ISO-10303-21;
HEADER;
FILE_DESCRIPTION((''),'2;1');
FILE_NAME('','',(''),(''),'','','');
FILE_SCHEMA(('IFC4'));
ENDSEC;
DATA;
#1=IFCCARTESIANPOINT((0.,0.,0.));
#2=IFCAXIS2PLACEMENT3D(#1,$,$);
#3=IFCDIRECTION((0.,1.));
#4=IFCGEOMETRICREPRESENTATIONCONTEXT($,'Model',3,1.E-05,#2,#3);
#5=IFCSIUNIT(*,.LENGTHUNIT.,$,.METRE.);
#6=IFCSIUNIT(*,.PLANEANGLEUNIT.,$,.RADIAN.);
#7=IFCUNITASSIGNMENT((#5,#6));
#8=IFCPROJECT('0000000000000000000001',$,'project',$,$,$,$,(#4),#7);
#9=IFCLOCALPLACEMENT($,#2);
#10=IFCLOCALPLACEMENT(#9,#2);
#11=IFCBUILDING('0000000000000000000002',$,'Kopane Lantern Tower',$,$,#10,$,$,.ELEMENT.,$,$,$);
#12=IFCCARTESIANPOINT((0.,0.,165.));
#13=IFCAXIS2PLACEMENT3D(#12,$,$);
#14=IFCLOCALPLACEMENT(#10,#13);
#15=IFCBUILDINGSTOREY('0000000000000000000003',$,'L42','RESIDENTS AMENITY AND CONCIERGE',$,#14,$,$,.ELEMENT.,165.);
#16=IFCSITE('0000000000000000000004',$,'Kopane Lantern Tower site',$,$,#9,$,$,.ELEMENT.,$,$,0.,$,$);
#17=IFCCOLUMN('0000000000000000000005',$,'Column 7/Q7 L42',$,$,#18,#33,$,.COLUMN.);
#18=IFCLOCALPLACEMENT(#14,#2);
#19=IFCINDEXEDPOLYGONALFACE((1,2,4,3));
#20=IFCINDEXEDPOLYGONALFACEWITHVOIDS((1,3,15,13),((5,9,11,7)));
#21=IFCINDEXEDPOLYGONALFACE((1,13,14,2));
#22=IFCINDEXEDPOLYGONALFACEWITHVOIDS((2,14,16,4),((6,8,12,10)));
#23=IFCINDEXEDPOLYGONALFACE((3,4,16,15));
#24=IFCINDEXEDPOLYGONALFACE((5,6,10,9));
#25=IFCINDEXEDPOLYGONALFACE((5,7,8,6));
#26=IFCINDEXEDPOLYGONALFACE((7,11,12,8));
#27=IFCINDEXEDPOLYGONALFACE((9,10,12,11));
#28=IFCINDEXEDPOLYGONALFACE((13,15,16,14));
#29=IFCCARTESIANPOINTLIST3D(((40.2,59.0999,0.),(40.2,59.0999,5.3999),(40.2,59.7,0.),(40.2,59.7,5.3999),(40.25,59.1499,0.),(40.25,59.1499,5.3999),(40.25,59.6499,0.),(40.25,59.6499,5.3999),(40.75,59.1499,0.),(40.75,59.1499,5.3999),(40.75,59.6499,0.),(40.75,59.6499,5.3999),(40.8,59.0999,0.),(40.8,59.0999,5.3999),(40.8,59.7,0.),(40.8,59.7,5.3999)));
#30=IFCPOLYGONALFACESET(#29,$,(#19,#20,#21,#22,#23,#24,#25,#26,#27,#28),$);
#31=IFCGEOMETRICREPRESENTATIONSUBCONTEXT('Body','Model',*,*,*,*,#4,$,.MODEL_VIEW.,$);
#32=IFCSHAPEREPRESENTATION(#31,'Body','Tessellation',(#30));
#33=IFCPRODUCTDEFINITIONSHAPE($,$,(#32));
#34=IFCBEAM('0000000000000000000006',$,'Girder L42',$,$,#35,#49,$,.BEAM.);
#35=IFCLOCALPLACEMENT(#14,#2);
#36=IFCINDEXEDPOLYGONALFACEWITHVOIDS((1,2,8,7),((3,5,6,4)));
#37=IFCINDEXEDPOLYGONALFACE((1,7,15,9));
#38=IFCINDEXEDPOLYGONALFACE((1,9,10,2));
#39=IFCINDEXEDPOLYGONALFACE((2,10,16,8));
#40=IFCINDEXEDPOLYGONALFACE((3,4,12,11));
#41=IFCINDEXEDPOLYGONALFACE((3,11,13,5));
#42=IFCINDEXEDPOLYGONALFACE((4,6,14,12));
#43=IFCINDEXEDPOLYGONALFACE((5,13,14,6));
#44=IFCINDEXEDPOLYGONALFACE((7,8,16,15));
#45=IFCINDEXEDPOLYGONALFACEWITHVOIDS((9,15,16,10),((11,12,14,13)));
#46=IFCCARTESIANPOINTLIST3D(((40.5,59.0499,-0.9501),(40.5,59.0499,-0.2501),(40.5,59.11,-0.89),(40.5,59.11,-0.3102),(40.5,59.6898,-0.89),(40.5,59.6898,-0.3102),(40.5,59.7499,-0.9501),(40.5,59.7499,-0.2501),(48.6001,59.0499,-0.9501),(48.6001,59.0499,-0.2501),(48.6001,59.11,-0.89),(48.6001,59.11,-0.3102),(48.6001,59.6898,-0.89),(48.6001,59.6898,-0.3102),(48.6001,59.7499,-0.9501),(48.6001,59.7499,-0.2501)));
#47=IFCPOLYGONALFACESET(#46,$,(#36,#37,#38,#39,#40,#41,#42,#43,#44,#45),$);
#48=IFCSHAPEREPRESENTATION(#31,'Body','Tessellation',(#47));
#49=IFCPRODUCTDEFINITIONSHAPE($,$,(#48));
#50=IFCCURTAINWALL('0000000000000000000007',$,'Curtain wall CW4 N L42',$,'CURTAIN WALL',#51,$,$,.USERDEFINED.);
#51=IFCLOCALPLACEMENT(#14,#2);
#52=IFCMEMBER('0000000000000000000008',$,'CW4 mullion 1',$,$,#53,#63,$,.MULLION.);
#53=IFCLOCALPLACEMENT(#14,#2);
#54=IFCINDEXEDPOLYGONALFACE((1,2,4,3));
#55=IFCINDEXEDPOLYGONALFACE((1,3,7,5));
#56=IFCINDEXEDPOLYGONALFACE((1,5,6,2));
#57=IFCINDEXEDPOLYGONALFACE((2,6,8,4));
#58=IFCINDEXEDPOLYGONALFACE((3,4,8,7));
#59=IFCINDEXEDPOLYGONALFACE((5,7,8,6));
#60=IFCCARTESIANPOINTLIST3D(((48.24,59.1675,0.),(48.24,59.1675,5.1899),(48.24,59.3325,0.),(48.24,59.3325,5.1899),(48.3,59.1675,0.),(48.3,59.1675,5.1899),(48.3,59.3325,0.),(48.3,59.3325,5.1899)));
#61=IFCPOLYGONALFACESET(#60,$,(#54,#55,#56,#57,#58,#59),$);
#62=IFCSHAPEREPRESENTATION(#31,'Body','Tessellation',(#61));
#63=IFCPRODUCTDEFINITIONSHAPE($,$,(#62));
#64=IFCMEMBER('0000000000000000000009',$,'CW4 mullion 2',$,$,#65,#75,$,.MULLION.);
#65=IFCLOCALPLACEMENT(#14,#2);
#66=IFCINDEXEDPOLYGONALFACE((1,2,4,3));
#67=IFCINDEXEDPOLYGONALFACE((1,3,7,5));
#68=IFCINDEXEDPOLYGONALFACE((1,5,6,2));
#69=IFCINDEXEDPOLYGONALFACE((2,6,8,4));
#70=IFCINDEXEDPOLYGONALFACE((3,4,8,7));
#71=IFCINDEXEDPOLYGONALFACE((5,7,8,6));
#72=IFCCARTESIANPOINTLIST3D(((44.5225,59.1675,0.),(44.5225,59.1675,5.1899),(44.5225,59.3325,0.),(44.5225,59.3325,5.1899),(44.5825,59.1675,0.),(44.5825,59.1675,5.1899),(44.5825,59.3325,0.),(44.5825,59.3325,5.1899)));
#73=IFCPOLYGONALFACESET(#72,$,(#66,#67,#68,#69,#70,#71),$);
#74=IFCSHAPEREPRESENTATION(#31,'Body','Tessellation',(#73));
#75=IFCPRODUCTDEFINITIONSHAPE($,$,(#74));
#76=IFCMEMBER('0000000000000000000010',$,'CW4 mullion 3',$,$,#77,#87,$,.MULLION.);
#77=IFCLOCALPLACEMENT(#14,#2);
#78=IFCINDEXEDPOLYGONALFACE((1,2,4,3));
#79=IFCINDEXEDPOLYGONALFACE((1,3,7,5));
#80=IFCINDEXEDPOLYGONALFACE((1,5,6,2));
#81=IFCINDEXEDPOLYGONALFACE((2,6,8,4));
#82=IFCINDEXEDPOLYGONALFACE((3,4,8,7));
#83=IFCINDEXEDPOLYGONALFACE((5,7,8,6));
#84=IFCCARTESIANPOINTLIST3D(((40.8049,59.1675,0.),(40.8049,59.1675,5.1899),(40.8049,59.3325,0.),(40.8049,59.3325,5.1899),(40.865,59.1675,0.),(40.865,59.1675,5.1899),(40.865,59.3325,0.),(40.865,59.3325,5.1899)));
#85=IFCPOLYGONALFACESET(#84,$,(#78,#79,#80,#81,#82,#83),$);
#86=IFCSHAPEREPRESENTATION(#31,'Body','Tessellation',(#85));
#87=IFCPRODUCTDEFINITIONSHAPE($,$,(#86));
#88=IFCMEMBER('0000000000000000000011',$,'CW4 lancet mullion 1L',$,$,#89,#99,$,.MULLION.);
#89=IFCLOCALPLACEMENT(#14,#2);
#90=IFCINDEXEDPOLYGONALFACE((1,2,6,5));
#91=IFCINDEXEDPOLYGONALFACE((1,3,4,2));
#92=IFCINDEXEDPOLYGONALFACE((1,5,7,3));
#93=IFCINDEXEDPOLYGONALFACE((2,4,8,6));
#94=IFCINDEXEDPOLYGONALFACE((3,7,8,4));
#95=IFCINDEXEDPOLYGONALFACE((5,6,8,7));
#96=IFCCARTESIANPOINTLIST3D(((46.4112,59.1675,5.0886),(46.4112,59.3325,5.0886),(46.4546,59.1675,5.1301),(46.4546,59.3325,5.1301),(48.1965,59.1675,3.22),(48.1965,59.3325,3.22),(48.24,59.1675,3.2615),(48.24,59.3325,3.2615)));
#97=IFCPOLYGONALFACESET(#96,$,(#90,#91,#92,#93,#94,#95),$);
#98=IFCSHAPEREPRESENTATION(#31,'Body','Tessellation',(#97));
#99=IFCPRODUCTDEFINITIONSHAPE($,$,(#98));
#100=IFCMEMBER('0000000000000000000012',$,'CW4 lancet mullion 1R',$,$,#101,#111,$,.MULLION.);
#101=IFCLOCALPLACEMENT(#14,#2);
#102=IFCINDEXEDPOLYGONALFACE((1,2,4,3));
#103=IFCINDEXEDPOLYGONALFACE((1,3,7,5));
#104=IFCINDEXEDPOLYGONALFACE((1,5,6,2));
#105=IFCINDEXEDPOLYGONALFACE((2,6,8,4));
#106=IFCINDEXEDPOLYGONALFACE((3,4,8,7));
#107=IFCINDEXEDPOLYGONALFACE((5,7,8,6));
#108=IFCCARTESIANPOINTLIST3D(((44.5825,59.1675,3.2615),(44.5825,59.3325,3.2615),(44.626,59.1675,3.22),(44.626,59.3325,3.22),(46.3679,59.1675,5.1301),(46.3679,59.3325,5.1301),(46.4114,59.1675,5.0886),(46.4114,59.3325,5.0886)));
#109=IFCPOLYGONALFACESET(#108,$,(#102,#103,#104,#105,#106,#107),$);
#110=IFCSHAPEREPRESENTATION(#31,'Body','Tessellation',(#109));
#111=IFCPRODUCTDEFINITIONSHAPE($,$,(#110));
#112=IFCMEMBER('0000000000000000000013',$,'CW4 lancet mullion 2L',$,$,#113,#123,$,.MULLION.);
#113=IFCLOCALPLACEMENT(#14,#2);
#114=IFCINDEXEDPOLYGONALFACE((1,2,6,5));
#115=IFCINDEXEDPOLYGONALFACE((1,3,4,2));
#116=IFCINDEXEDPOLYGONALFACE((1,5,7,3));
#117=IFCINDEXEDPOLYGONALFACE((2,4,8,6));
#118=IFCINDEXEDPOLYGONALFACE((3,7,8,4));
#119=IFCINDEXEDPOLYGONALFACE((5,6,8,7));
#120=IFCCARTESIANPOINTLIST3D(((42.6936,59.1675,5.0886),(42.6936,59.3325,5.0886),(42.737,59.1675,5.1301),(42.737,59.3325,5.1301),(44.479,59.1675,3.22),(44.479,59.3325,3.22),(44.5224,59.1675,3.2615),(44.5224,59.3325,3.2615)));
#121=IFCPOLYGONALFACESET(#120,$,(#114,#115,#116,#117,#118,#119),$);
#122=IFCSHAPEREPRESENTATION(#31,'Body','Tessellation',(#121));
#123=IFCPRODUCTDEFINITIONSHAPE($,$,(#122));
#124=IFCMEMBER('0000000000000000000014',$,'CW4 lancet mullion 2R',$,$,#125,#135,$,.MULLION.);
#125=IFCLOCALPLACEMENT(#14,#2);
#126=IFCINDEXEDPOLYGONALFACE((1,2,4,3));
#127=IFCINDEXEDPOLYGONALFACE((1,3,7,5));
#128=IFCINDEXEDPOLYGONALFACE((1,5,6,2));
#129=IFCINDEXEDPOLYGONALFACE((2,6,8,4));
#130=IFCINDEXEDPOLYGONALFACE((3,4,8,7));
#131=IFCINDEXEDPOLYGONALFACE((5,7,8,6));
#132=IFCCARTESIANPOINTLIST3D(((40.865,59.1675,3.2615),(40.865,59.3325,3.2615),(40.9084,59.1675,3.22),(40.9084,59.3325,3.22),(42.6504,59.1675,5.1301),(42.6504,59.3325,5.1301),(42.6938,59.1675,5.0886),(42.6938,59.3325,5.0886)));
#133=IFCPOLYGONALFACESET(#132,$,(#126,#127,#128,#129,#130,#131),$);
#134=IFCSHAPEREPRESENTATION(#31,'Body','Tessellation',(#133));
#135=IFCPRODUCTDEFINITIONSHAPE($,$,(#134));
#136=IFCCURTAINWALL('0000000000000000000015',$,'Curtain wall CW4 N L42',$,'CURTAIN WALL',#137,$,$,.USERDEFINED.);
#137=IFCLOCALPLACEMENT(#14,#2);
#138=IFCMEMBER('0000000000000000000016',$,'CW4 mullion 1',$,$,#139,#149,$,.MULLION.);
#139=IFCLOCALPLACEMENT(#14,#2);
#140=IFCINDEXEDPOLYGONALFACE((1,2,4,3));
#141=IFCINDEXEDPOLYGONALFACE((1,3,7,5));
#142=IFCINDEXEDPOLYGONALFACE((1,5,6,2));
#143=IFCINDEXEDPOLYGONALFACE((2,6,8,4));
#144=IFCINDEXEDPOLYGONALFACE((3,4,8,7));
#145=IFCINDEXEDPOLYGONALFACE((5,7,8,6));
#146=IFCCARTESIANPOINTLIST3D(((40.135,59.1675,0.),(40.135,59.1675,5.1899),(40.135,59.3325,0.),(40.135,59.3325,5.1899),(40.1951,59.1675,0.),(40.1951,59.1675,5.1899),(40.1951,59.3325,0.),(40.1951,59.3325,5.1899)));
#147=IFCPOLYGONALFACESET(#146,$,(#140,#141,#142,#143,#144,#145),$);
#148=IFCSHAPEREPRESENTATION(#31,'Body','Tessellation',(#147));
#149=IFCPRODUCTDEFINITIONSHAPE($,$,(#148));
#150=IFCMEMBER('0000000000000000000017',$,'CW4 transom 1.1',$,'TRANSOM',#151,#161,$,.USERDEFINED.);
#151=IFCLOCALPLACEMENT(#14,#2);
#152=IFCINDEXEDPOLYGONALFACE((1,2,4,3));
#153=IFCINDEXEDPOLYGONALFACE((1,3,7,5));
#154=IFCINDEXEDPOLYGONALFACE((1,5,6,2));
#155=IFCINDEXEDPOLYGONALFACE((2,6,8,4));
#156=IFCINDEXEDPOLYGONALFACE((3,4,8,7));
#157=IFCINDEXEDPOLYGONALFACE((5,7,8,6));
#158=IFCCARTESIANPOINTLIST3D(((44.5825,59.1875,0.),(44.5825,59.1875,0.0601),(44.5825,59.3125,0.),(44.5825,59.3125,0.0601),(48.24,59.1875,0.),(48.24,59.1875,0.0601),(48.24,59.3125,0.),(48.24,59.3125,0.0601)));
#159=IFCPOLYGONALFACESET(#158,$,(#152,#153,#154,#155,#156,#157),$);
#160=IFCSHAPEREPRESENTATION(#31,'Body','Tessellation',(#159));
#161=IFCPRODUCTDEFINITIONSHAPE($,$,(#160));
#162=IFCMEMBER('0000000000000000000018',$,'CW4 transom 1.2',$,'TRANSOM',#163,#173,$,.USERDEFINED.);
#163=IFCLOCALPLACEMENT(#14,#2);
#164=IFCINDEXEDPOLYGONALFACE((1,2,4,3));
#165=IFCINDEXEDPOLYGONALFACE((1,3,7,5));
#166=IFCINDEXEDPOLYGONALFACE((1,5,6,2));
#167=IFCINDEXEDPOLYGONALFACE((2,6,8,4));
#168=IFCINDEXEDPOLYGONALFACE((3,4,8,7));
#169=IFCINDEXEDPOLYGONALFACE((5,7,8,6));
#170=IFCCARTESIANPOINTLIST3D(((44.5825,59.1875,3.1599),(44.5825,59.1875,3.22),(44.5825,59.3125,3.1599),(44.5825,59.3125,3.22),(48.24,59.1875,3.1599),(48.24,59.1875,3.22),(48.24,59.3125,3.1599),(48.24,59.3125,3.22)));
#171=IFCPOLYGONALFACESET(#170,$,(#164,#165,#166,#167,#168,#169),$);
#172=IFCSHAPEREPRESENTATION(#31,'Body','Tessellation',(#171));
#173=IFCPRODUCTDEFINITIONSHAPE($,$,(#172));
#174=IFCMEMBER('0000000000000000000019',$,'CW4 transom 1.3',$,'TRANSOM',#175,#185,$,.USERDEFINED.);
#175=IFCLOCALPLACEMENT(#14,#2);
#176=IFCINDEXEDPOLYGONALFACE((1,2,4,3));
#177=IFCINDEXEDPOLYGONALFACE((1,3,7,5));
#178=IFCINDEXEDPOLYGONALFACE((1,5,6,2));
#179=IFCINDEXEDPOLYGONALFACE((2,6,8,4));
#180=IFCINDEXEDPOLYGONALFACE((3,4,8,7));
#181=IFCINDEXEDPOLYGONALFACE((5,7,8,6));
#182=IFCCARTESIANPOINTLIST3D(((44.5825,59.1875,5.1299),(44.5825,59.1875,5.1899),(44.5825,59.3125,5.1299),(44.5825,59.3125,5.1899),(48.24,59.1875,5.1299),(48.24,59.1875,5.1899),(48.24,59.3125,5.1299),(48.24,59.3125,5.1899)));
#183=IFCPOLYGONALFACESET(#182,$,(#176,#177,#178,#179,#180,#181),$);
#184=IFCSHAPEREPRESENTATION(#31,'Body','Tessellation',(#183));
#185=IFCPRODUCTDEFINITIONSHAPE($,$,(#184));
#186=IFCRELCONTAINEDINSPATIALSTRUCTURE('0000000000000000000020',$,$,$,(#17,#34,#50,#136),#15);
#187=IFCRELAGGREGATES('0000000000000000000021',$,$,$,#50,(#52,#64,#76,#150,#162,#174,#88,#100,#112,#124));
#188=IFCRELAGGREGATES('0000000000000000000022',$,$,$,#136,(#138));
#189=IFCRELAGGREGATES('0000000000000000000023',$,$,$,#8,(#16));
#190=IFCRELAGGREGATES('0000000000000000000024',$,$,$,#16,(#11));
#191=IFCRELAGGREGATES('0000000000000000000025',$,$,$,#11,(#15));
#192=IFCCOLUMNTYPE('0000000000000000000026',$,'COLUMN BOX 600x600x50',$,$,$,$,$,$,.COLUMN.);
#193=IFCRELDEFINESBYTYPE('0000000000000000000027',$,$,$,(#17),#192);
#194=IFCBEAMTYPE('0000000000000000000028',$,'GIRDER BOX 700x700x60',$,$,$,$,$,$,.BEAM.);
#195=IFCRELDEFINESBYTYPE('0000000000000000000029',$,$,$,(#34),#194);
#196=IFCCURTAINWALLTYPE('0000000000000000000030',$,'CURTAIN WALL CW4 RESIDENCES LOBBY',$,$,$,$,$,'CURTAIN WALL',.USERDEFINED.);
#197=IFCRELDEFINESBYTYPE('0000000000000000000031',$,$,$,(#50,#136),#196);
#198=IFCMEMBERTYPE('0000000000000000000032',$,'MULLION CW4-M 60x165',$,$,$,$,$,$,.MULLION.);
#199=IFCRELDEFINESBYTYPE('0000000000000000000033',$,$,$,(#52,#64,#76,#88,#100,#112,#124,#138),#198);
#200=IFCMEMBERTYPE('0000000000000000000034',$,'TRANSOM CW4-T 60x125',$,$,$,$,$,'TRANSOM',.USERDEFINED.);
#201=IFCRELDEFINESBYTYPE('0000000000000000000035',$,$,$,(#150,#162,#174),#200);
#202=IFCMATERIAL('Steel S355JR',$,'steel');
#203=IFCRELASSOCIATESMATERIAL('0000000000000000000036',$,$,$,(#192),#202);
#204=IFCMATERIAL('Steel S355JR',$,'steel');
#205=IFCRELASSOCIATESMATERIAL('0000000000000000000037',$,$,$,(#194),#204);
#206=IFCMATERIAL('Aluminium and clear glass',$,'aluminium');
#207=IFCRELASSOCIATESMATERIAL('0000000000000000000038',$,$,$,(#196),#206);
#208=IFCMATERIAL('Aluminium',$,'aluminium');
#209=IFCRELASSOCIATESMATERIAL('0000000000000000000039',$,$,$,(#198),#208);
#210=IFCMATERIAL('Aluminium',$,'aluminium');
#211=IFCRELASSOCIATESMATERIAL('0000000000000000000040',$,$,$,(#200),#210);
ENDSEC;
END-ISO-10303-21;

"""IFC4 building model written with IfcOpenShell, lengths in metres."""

from ifc_helpers import new_model, si_unit, direction, frame, origin, origin_2d, place, context, subcontext, project, spatial, rectangle, hollow_rectangle, extrude, material, material_profile, profile_set, type_object, element, aggregate, save


model = new_model("IFC4")

# Units and contexts
model_context = context("Model", 3, precision=1e-05, world=origin(), true_north=direction((0.0, 1.0)))
body_context = subcontext(model_context, "Body", "Model", "MODEL_VIEW")
ifc_project = project(units=[si_unit("LENGTHUNIT", "METRE"), si_unit("PLANEANGLEUNIT", "RADIAN")], contexts=[model_context])

# Site, building, storey
site_placement = place(None, origin())
site = spatial("IfcSite", under=ifc_project, at=site_placement, Name="Kopane Lantern Tower site", CompositionType="ELEMENT", RefElevation=0.0)
building_placement = place(site_placement, origin())
building = spatial("IfcBuilding", under=site, at=building_placement, Name="Kopane Lantern Tower", CompositionType="ELEMENT")
storey_placement = place(building_placement, frame((0.0, 0.0, 165.0)))
storey = spatial("IfcBuildingStorey", under=building, at=storey_placement, Name="L42", Description="RESIDENTS AMENITY AND CONCIERGE", CompositionType="ELEMENT", Elevation=165.0)

# Column
ifc_material_1 = material(Name="Steel S355JR", Category="steel")
ifc_material_profile_1 = material_profile(ifc_material_1, hollow_rectangle(XDim=0.6001, YDim=0.6001, WallThickness=0.05, at=origin_2d()), Name="BOX 600x600x50")
ifc_profile_set_1 = profile_set([ifc_material_profile_1], Name="Steel S355JR")
column_type = type_object("IfcColumnType", Name="COLUMN BOX 600x600x50", PredefinedType="COLUMN", material=ifc_profile_set_1)
column_placement = place(storey_placement, frame((40.5, 59.3999, 0.0), z_axis=(0.0, 0.0, 1.0), x_axis=(1.0, 0.0, 0.0)))
element("IfcColumn", 1, at=column_placement, inside=storey, type_object=column_type, Name="Column 7/Q7 L42", PredefinedType="COLUMN", context=body_context, shape_type="SweptSolid", body=[
    extrude(hollow_rectangle(XDim=0.6001, YDim=0.6001, WallThickness=0.05, at=origin_2d()), origin(), (0.0, 0.0, 1.0), 5.3999),
])

# Beam
ifc_material_2 = material(Name="Steel S355JR", Category="steel")
ifc_material_profile_2 = material_profile(ifc_material_2, hollow_rectangle(XDim=0.7, YDim=0.7, WallThickness=0.0601, at=origin_2d()), Name="BOX 700x700x60")
ifc_profile_set_2 = profile_set([ifc_material_profile_2], Name="Steel S355JR")
beam_type = type_object("IfcBeamType", Name="GIRDER BOX 700x700x60", PredefinedType="BEAM", material=ifc_profile_set_2)
beam_placement = place(storey_placement, frame((40.5, 59.3999, -0.6001), z_axis=(1.0, 0.0, 0.0), x_axis=(0.0, 1.0, 0.0)))
element("IfcBeam", 2, at=beam_placement, inside=storey, type_object=beam_type, Name="Girder L42", PredefinedType="BEAM", context=body_context, shape_type="SweptSolid", body=[
    extrude(hollow_rectangle(XDim=0.7, YDim=0.7, WallThickness=0.0601, at=origin_2d()), origin(), (0.0, 0.0, 1.0), 8.1001),
])

# Curtain wall, members
ifc_material_3 = material(Name="Aluminium and clear glass", Category="aluminium")
curtain_wall_type = type_object("IfcCurtainWallType", Name="CURTAIN WALL CW4 RESIDENCES LOBBY", ElementType="CURTAIN WALL", PredefinedType="USERDEFINED", material=ifc_material_3)
curtain_wall_1_placement = place(storey_placement, origin())
curtain_wall_1 = element("IfcCurtainWall", 3, at=curtain_wall_1_placement, inside=storey, type_object=curtain_wall_type, Name="Curtain wall CW4 N L42", ObjectType="CURTAIN WALL", PredefinedType="USERDEFINED")
ifc_material_4 = material(Name="Aluminium", Category="aluminium")
ifc_material_profile_3 = material_profile(ifc_material_4, rectangle(XDim=0.0601, YDim=0.165, at=origin_2d()), Name="AL 60x165")
ifc_profile_set_3 = profile_set([ifc_material_profile_3], Name="Aluminium")
member_type_1 = type_object("IfcMemberType", Name="MULLION CW4-M 60x165", PredefinedType="MULLION", material=ifc_profile_set_3)
member_1_placement = place(storey_placement, frame((48.27, 59.25, 0.0), z_axis=(0.0, 0.0, 1.0), x_axis=(-1.0, 0.0, 0.0)))
member_1 = element("IfcMember", 4, at=member_1_placement, type_object=member_type_1, Name="CW4 mullion 1", PredefinedType="MULLION", context=body_context, shape_type="SweptSolid", body=[
    extrude(rectangle(XDim=0.0601, YDim=0.165, at=origin_2d()), origin(), (0.0, 0.0, 1.0), 5.1899),
])
member_2_placement = place(storey_placement, frame((44.5525, 59.25, 0.0), z_axis=(0.0, 0.0, 1.0), x_axis=(-1.0, 0.0, 0.0)))
member_2 = element("IfcMember", 5, at=member_2_placement, type_object=member_type_1, Name="CW4 mullion 2", PredefinedType="MULLION", context=body_context, shape_type="SweptSolid", body=[
    extrude(rectangle(XDim=0.0601, YDim=0.165, at=origin_2d()), origin(), (0.0, 0.0, 1.0), 5.1899),
])
member_3_placement = place(storey_placement, frame((40.835, 59.25, 0.0), z_axis=(0.0, 0.0, 1.0), x_axis=(-1.0, 0.0, 0.0)))
member_3 = element("IfcMember", 6, at=member_3_placement, type_object=member_type_1, Name="CW4 mullion 3", PredefinedType="MULLION", context=body_context, shape_type="SweptSolid", body=[
    extrude(rectangle(XDim=0.0601, YDim=0.165, at=origin_2d()), origin(), (0.0, 0.0, 1.0), 5.1899),
])
member_4_placement = place(storey_placement, frame((48.2183, 59.25, 3.2407), z_axis=(-0.690817, 0.0, 0.723029), x_axis=(0.723029, 0.0, 0.690817)))
member_4 = element("IfcMember", 7, at=member_4_placement, type_object=member_type_1, Name="CW4 lancet mullion 1L", PredefinedType="MULLION", context=body_context, shape_type="SweptSolid", body=[
    extrude(rectangle(XDim=0.0601, YDim=0.165, at=origin_2d()), origin(), (0.0, 0.0, 1.0), 2.5845),
])
member_5_placement = place(storey_placement, frame((44.6042, 59.25, 3.2407), z_axis=(0.690817, 0.0, 0.723029), x_axis=(-0.723029, 0.0, 0.690817)))
member_5 = element("IfcMember", 8, at=member_5_placement, type_object=member_type_1, Name="CW4 lancet mullion 1R", PredefinedType="MULLION", context=body_context, shape_type="SweptSolid", body=[
    extrude(rectangle(XDim=0.0601, YDim=0.165, at=origin_2d()), origin(), (0.0, 0.0, 1.0), 2.5845),
])
member_6_placement = place(storey_placement, frame((44.5007, 59.25, 3.2407), z_axis=(-0.690817, 0.0, 0.723029), x_axis=(0.723029, 0.0, 0.690817)))
member_6 = element("IfcMember", 9, at=member_6_placement, type_object=member_type_1, Name="CW4 lancet mullion 2L", PredefinedType="MULLION", context=body_context, shape_type="SweptSolid", body=[
    extrude(rectangle(XDim=0.0601, YDim=0.165, at=origin_2d()), origin(), (0.0, 0.0, 1.0), 2.5845),
])
member_7_placement = place(storey_placement, frame((40.8867, 59.25, 3.2407), z_axis=(0.690817, 0.0, 0.723029), x_axis=(-0.723029, 0.0, 0.690817)))
member_7 = element("IfcMember", 10, at=member_7_placement, type_object=member_type_1, Name="CW4 lancet mullion 2R", PredefinedType="MULLION", context=body_context, shape_type="SweptSolid", body=[
    extrude(rectangle(XDim=0.0601, YDim=0.165, at=origin_2d()), origin(), (0.0, 0.0, 1.0), 2.5845),
])

# Curtain wall, member
curtain_wall_2_placement = place(storey_placement, origin())
curtain_wall_2 = element("IfcCurtainWall", 11, at=curtain_wall_2_placement, inside=storey, type_object=curtain_wall_type, Name="Curtain wall CW4 N L42", ObjectType="CURTAIN WALL", PredefinedType="USERDEFINED")
member_8_placement = place(storey_placement, frame((40.165, 59.25, 0.0), z_axis=(0.0, 0.0, 1.0), x_axis=(-1.0, 0.0, 0.0)))
member_8 = element("IfcMember", 12, at=member_8_placement, type_object=member_type_1, Name="CW4 mullion 1", PredefinedType="MULLION", context=body_context, shape_type="SweptSolid", body=[
    extrude(rectangle(XDim=0.0601, YDim=0.165, at=origin_2d()), origin(), (0.0, 0.0, 1.0), 5.1899),
])

# Members
ifc_material_5 = material(Name="Aluminium", Category="aluminium")
ifc_material_profile_4 = material_profile(ifc_material_5, rectangle(XDim=0.125, YDim=0.0601, at=origin_2d()), Name="AL 125x60")
ifc_profile_set_4 = profile_set([ifc_material_profile_4], Name="Aluminium")
member_type_2 = type_object("IfcMemberType", Name="TRANSOM CW4-T 60x125", ElementType="TRANSOM", PredefinedType="USERDEFINED", material=ifc_profile_set_4)
member_9_placement = place(storey_placement, frame((48.24, 59.25, 0.03), z_axis=(-1.0, 0.0, 0.0), x_axis=(0.0, -1.0, 0.0)))
member_9 = element("IfcMember", 13, at=member_9_placement, type_object=member_type_2, Name="CW4 transom 1.1", ObjectType="TRANSOM", PredefinedType="USERDEFINED", context=body_context, shape_type="SweptSolid", body=[
    extrude(rectangle(XDim=0.125, YDim=0.0601, at=origin_2d()), origin(), (0.0, 0.0, 1.0), 3.6575),
])
member_10_placement = place(storey_placement, frame((48.24, 59.25, 3.1899), z_axis=(-1.0, 0.0, 0.0), x_axis=(0.0, -1.0, 0.0)))
member_10 = element("IfcMember", 14, at=member_10_placement, type_object=member_type_2, Name="CW4 transom 1.2", ObjectType="TRANSOM", PredefinedType="USERDEFINED", context=body_context, shape_type="SweptSolid", body=[
    extrude(rectangle(XDim=0.125, YDim=0.0601, at=origin_2d()), origin(), (0.0, 0.0, 1.0), 3.6575),
])
member_11_placement = place(storey_placement, frame((48.24, 59.25, 5.1599), z_axis=(-1.0, 0.0, 0.0), x_axis=(0.0, -1.0, 0.0)))
member_11 = element("IfcMember", 15, at=member_11_placement, type_object=member_type_2, Name="CW4 transom 1.3", ObjectType="TRANSOM", PredefinedType="USERDEFINED", context=body_context, shape_type="SweptSolid", body=[
    extrude(rectangle(XDim=0.125, YDim=0.0601, at=origin_2d()), origin(), (0.0, 0.0, 1.0), 3.6575),
])

aggregate(curtain_wall_1, [member_1, member_2, member_3, member_9, member_10, member_11, member_4, member_5, member_6, member_7])
aggregate(curtain_wall_2, [member_8])

save(model, "model.ifc")
